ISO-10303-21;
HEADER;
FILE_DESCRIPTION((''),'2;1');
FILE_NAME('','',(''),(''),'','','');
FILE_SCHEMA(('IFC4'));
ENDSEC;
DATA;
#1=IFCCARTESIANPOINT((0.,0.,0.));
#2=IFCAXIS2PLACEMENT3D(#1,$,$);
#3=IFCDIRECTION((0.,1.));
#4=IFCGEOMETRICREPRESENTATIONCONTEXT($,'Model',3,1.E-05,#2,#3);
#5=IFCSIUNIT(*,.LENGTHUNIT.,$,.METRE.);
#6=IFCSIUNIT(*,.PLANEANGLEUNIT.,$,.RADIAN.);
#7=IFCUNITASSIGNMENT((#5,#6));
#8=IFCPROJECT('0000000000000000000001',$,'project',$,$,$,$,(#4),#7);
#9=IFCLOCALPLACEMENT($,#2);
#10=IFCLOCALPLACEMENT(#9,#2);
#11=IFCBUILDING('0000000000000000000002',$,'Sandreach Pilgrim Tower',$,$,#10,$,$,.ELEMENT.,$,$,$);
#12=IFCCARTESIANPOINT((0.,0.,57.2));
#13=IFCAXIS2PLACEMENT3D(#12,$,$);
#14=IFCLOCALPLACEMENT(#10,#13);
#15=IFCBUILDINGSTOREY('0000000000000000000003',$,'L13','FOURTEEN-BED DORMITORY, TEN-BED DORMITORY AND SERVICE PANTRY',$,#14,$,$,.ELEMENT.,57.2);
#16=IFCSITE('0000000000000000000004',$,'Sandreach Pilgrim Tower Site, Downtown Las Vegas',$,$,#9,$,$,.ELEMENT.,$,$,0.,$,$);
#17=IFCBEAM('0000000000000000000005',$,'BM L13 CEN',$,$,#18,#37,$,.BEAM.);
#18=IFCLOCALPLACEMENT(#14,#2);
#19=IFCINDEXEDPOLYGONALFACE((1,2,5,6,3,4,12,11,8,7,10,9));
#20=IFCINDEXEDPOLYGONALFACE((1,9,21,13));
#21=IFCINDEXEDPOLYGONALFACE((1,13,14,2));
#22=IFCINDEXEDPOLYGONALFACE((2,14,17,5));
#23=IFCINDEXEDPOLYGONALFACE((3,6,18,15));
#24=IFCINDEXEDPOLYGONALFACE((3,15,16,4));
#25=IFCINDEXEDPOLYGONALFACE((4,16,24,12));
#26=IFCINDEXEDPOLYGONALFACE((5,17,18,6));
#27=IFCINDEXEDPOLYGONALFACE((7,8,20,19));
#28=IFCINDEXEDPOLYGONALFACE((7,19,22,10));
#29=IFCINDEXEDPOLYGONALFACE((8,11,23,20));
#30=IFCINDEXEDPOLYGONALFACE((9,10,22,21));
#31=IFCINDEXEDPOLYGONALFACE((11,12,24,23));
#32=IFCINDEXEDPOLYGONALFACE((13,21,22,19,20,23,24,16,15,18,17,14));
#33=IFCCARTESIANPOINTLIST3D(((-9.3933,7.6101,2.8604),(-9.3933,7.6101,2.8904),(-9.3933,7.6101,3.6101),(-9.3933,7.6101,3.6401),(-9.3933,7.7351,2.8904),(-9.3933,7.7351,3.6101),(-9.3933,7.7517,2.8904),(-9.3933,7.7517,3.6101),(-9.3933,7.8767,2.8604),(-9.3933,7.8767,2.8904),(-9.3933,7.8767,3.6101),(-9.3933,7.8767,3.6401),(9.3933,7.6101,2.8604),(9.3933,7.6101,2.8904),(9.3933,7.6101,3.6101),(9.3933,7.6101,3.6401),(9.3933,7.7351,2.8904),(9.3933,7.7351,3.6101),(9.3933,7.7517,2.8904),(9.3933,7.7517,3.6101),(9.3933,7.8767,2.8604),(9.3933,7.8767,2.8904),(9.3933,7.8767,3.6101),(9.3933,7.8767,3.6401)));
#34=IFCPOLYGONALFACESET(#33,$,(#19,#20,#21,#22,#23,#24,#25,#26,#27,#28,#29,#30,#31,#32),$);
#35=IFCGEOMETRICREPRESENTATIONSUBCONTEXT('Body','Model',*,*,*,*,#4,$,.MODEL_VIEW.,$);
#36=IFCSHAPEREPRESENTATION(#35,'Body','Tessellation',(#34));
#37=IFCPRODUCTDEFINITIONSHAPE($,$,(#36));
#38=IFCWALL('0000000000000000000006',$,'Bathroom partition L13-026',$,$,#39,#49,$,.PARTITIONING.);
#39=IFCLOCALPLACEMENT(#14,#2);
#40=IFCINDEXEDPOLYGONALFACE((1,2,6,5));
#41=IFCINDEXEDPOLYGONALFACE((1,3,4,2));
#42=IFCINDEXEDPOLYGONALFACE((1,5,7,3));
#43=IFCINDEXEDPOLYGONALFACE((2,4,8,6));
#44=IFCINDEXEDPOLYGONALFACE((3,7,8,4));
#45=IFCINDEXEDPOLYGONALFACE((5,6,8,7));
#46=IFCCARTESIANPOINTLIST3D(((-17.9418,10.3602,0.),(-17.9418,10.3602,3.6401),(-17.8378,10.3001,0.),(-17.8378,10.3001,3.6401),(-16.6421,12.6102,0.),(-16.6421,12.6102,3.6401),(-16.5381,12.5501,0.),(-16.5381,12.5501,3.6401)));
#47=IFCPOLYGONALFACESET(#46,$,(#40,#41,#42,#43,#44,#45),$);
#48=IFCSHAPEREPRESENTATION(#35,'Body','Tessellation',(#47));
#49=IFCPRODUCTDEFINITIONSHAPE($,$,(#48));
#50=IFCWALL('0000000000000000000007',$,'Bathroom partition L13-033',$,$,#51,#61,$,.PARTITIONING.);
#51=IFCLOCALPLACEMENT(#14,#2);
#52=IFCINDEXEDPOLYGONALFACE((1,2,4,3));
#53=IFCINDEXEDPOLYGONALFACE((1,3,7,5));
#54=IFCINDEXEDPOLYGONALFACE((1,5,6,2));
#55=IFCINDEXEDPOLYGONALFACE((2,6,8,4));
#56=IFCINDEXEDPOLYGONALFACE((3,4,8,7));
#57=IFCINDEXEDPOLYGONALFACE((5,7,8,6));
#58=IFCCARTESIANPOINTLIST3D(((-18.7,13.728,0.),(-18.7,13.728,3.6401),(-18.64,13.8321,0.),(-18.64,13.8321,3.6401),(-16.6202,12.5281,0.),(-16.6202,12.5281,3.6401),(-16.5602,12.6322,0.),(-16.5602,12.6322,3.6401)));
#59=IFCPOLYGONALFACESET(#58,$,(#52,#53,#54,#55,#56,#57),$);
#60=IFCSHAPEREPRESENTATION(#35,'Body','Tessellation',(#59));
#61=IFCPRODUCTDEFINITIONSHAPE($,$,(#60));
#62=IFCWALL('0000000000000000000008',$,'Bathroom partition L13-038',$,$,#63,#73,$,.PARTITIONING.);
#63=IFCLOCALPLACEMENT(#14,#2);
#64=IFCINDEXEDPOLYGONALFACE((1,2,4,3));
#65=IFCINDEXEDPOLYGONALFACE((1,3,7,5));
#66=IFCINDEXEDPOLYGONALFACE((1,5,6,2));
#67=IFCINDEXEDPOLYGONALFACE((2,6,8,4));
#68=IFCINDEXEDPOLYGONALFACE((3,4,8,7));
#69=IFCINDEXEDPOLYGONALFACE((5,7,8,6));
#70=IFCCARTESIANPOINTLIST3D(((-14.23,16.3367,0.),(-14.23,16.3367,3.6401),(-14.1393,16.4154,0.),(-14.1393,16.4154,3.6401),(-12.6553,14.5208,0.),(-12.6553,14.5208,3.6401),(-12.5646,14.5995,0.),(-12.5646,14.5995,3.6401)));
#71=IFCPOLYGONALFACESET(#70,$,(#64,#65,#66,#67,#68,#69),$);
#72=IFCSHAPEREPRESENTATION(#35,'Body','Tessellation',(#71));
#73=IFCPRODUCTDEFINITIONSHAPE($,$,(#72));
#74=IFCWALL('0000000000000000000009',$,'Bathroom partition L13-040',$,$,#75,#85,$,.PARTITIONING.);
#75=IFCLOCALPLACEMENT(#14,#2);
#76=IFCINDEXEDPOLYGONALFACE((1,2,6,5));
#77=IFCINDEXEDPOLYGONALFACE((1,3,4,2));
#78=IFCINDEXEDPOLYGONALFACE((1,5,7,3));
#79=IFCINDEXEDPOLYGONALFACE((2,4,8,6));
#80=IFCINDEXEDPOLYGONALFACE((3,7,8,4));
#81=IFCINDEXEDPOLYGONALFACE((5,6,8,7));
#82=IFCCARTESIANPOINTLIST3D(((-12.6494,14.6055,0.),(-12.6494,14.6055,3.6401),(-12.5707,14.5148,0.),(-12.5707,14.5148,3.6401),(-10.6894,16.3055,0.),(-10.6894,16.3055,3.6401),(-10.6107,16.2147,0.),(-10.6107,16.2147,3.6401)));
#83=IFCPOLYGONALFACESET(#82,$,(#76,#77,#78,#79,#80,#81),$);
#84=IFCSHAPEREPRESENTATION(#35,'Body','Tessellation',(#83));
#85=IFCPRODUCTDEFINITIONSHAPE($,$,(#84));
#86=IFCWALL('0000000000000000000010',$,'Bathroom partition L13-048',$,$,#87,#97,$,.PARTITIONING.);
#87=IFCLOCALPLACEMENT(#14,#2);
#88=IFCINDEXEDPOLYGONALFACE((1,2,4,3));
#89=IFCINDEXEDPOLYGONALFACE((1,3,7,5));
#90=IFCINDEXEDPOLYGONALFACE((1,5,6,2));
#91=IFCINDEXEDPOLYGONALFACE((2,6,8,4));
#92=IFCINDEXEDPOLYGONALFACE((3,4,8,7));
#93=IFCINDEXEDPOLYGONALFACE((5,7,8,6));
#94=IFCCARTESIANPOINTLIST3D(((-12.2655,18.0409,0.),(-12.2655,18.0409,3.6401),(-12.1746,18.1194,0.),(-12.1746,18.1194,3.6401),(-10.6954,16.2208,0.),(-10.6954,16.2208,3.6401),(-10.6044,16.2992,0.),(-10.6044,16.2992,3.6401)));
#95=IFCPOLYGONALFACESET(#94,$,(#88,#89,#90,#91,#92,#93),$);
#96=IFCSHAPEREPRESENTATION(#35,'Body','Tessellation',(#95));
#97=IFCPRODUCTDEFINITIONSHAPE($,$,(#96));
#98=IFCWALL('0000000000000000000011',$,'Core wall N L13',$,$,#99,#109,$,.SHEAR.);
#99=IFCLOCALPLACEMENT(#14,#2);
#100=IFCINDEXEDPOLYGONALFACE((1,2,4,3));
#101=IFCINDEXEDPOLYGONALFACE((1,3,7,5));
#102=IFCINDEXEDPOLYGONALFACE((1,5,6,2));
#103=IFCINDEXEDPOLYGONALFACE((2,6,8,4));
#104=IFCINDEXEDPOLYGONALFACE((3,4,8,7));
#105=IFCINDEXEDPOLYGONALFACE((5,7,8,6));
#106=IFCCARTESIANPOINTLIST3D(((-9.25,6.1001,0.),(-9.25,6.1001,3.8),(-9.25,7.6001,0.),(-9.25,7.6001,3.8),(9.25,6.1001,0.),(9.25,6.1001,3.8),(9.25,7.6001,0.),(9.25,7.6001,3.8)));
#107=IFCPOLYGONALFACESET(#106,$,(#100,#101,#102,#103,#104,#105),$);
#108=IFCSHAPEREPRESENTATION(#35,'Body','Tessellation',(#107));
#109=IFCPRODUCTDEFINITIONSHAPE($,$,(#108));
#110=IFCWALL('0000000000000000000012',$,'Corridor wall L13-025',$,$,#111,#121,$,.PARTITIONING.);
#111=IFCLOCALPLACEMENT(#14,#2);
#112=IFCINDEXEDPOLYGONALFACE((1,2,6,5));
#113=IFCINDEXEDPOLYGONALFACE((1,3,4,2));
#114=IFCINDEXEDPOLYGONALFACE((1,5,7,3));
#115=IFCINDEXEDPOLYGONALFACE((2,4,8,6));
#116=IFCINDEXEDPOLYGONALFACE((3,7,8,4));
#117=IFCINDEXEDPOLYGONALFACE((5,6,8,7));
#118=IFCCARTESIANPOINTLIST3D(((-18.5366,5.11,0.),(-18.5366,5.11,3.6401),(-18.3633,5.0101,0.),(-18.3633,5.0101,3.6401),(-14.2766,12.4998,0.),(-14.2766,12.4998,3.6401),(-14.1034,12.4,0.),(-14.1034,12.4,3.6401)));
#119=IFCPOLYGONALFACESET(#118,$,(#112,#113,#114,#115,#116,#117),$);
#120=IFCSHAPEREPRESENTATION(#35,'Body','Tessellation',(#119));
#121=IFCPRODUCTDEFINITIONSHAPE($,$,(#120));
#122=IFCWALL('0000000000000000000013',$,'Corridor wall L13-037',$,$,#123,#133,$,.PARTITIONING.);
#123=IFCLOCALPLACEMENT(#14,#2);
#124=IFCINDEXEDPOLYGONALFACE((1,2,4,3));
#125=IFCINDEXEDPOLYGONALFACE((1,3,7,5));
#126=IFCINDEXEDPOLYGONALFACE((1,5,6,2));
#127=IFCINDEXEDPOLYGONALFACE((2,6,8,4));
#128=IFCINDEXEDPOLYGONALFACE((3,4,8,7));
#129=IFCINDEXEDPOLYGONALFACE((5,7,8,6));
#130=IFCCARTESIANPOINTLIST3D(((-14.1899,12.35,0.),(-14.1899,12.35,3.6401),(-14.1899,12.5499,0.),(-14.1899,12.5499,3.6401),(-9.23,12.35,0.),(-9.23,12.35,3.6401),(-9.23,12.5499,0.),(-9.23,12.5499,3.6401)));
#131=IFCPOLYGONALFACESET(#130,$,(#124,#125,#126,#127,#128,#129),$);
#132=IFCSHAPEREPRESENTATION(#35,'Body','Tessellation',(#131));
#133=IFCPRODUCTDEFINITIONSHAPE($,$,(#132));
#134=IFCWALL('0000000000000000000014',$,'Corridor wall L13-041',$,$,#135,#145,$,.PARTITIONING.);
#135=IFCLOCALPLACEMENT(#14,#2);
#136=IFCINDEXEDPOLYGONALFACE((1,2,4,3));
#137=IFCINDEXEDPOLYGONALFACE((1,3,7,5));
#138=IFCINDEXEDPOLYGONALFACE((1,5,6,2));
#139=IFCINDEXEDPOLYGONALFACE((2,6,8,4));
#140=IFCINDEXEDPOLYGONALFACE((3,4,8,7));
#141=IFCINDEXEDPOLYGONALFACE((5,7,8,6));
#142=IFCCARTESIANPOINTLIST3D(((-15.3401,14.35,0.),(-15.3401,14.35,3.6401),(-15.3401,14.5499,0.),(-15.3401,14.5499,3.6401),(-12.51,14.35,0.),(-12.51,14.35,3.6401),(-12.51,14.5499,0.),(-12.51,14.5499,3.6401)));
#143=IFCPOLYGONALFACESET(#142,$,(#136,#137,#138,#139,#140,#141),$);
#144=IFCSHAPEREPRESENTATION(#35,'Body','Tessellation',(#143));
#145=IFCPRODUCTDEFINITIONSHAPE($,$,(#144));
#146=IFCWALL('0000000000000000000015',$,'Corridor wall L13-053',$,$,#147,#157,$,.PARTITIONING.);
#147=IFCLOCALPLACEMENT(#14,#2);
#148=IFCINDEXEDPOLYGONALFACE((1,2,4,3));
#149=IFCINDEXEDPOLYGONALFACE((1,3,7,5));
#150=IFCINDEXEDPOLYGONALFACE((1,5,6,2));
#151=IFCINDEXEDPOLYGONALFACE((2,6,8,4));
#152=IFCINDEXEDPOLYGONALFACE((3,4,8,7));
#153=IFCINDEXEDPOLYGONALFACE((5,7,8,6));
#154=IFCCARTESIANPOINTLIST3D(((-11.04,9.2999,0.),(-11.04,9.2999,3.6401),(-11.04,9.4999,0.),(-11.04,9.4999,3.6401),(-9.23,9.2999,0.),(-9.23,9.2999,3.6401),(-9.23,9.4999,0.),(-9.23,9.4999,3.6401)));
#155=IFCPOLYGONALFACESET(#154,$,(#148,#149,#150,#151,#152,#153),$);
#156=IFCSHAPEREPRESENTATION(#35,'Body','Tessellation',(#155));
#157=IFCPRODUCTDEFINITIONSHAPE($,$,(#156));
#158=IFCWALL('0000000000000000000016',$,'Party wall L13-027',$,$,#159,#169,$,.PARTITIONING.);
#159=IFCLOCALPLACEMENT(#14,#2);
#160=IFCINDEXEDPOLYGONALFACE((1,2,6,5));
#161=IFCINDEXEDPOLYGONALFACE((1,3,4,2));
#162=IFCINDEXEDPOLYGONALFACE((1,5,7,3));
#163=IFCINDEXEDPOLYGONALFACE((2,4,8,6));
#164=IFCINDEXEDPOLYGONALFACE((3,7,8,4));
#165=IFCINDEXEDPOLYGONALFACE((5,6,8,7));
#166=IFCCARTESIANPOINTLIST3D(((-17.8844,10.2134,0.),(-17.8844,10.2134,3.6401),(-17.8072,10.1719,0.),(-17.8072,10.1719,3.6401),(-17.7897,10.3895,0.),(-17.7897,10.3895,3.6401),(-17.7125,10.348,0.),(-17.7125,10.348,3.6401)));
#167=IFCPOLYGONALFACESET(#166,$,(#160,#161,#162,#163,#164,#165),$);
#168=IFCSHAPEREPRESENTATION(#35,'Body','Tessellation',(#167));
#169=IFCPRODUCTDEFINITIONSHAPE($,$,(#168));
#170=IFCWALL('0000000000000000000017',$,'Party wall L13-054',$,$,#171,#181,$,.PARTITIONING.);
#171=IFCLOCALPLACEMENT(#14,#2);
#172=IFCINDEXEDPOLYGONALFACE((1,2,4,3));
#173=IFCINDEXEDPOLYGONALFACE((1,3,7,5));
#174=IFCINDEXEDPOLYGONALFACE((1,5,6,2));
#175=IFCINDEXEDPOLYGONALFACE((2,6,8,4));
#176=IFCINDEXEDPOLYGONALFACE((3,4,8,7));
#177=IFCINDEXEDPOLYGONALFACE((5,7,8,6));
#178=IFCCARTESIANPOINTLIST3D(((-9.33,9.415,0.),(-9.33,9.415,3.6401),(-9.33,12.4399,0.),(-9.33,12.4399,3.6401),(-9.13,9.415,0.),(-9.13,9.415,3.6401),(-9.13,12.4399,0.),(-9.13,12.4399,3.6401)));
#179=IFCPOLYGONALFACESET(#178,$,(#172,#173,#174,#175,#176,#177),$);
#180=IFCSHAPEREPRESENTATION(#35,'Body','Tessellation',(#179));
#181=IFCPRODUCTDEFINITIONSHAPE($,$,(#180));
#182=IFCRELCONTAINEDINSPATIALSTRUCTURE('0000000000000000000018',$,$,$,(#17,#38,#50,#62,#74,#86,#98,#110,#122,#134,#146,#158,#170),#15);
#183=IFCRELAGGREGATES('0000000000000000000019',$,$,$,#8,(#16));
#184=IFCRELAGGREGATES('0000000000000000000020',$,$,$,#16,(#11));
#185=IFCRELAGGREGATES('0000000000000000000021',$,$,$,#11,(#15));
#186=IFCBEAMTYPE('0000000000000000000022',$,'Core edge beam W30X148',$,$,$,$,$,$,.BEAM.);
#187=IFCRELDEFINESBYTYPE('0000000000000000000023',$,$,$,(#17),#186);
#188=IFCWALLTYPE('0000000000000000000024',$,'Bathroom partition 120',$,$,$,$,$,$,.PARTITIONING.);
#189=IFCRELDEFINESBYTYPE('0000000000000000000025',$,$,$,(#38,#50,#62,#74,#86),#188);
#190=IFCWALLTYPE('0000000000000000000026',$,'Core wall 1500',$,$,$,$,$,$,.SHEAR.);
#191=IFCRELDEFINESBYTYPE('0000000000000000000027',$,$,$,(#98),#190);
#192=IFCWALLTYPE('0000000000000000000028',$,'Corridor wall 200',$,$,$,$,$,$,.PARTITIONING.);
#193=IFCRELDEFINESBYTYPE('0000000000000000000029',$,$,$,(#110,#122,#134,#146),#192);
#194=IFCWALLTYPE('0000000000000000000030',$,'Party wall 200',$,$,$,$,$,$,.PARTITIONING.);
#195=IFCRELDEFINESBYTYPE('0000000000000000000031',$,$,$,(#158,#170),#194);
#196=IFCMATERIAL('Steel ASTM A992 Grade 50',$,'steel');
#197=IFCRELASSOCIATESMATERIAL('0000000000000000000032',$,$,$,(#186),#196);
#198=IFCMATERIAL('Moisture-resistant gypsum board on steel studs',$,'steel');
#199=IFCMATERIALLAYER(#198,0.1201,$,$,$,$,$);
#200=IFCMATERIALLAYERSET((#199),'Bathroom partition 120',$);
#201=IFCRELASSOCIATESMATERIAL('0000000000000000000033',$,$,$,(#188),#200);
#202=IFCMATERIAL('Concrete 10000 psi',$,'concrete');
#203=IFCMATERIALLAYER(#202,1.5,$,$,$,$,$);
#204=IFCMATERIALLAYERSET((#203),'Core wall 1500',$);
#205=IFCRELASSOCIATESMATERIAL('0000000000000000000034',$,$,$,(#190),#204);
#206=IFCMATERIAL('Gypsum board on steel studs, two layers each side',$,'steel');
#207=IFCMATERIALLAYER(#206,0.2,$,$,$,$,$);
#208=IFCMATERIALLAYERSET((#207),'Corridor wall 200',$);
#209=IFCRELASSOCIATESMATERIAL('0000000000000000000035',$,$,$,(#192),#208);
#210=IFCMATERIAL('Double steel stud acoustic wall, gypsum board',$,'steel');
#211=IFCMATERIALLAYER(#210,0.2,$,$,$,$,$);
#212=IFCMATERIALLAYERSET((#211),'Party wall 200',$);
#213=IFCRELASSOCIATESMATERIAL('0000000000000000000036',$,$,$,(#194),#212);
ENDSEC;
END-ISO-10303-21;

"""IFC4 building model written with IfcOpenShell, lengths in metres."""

from ifc_helpers import new_model, si_unit, direction, frame, frame_2d, origin, origin_2d, place, context, subcontext, project, spatial, rectangle, i_section, extrude, material, layer, layer_set, material_profile, profile_set, type_object, element, save


model = new_model("IFC4")

# Units and contexts
model_context = context("Model", 3, precision=1e-05, world=origin(), true_north=direction((0.0, 1.0)))
body_context = subcontext(model_context, "Body", "Model", "MODEL_VIEW")
ifc_project = project(units=[si_unit("LENGTHUNIT", "METRE"), si_unit("PLANEANGLEUNIT", "RADIAN")], contexts=[model_context])

# Site, building, storey
site_placement = place(None, origin())
site = spatial("IfcSite", under=ifc_project, at=site_placement, Name="Sandreach Pilgrim Tower Site, Downtown Las Vegas", CompositionType="ELEMENT", RefElevation=0.0)
building_placement = place(site_placement, origin())
building = spatial("IfcBuilding", under=site, at=building_placement, Name="Sandreach Pilgrim Tower", CompositionType="ELEMENT")
storey_placement = place(building_placement, frame((0.0, 0.0, 57.2)))
storey = spatial("IfcBuildingStorey", under=building, at=storey_placement, Name="L13", Description="FOURTEEN-BED DORMITORY, TEN-BED DORMITORY AND SERVICE PANTRY", CompositionType="ELEMENT", Elevation=57.2)

# Beam
ifc_material_1 = material(Name="Steel ASTM A992 Grade 50", Category="steel")
ifc_material_profile = material_profile(ifc_material_1, i_section(OverallWidth=0.2666, OverallDepth=0.7798, WebThickness=0.0166, FlangeThickness=0.03, at=origin_2d()), Name="W30X148")
ifc_profile_set = profile_set([ifc_material_profile], Name="Steel ASTM A992 Grade 50")
beam_type = type_object("IfcBeamType", Name="Core edge beam W30X148", PredefinedType="BEAM", material=ifc_profile_set)
beam_placement = place(storey_placement, frame((-9.3933, 7.7434, 3.2502), z_axis=(1.0, 0.0, 0.0), x_axis=(0.0, 1.0, 0.0)))
element("IfcBeam", 1, at=beam_placement, inside=storey, type_object=beam_type, Name="BM L13 CEN", PredefinedType="BEAM", context=body_context, shape_type="SweptSolid", body=[
    extrude(i_section(OverallWidth=0.2666, OverallDepth=0.7798, WebThickness=0.0166, FlangeThickness=0.03, at=origin_2d()), origin(), (0.0, 0.0, 1.0), 18.7866),
])

# Walls
ifc_material_2 = material(Name="Moisture-resistant gypsum board on steel studs", Category="steel")
ifc_layer_1 = layer(ifc_material_2, 0.1201)
ifc_layer_set_1 = layer_set([ifc_layer_1], Name="Bathroom partition 120")
wall_type_1 = type_object("IfcWallType", Name="Bathroom partition 120", PredefinedType="PARTITIONING", material=ifc_layer_set_1)
wall_1_placement = place(storey_placement, frame((-17.8899, 10.3301, 0.0), z_axis=(0.0, 0.0, 1.0), x_axis=(0.500221, 0.865898, 0.0)))
element("IfcWall", 2, at=wall_1_placement, inside=storey, type_object=wall_type_1, Name="Bathroom partition L13-026", PredefinedType="PARTITIONING", context=body_context, shape_type="SweptSolid", body=[
    extrude(rectangle(XDim=2.5984, YDim=0.1201, at=frame_2d((1.2993, 0.0))), origin(), (0.0, 0.0, 1.0), 3.6401),
])
wall_2_placement = place(storey_placement, frame((-16.5901, 12.5801, 0.0), z_axis=(0.0, 0.0, 1.0), x_axis=(-0.866177, 0.499737, 0.0)))
element("IfcWall", 3, at=wall_2_placement, inside=storey, type_object=wall_type_1, Name="Bathroom partition L13-033", PredefinedType="PARTITIONING", context=body_context, shape_type="SweptSolid", body=[
    extrude(rectangle(XDim=2.4011, YDim=0.1201, at=frame_2d((1.2007, 0.0))), origin(), (0.0, 0.0, 1.0), 3.6401),
])
wall_3_placement = place(storey_placement, frame((-14.1846, 16.376, 0.0), z_axis=(0.0, 0.0, 1.0), x_axis=(0.655147, -0.755501, 0.0)))
element("IfcWall", 4, at=wall_3_placement, inside=storey, type_object=wall_type_1, Name="Bathroom partition L13-038", PredefinedType="PARTITIONING", context=body_context, shape_type="SweptSolid", body=[
    extrude(rectangle(XDim=2.4036, YDim=0.1201, at=frame_2d((1.2017, 0.0))), origin(), (0.0, 0.0, 1.0), 3.6401),
])
wall_4_placement = place(storey_placement, frame((-12.6101, 14.5601, 0.0), z_axis=(0.0, 0.0, 1.0), x_axis=(0.755438, 0.655221, 0.0)))
element("IfcWall", 5, at=wall_4_placement, inside=storey, type_object=wall_type_1, Name="Bathroom partition L13-040", PredefinedType="PARTITIONING", context=body_context, shape_type="SweptSolid", body=[
    extrude(rectangle(XDim=2.5945, YDim=0.1201, at=frame_2d((1.2974, 0.0))), origin(), (0.0, 0.0, 1.0), 3.6401),
])
wall_5_placement = place(storey_placement, frame((-10.6499, 16.26, 0.0), z_axis=(0.0, 0.0, 1.0), x_axis=(-0.653189, 0.757195, 0.0)))
element("IfcWall", 6, at=wall_5_placement, inside=storey, type_object=wall_type_1, Name="Bathroom partition L13-048", PredefinedType="PARTITIONING", context=body_context, shape_type="SweptSolid", body=[
    extrude(rectangle(XDim=2.4038, YDim=0.1201, at=frame_2d((1.2019, 0.0))), origin(), (0.0, 0.0, 1.0), 3.6401),
])
ifc_material_3 = material(Name="Concrete 10000 psi", Category="concrete")
ifc_layer_2 = layer(ifc_material_3, 1.5)
ifc_layer_set_2 = layer_set([ifc_layer_2], Name="Core wall 1500")
wall_type_2 = type_object("IfcWallType", Name="Core wall 1500", PredefinedType="SHEAR", material=ifc_layer_set_2)
wall_6_placement = place(storey_placement, frame((-9.25, 6.8501, 0.0), z_axis=(0.0, 0.0, 1.0), x_axis=(1.0, 0.0, 0.0)))
element("IfcWall", 7, at=wall_6_placement, inside=storey, type_object=wall_type_2, Name="Core wall N L13", PredefinedType="SHEAR", context=body_context, shape_type="SweptSolid", body=[
    extrude(rectangle(XDim=18.5, YDim=1.5, at=frame_2d((9.25, 0.0))), origin(), (0.0, 0.0, 1.0), 3.8),
])
ifc_material_4 = material(Name="Gypsum board on steel studs, two layers each side", Category="steel")
ifc_layer_3 = layer(ifc_material_4, 0.2)
ifc_layer_set_3 = layer_set([ifc_layer_3], Name="Corridor wall 200")
wall_type_3 = type_object("IfcWallType", Name="Corridor wall 200", PredefinedType="PARTITIONING", material=ifc_layer_set_3)
wall_7_placement = place(storey_placement, frame((-18.45, 5.0601, 0.0), z_axis=(0.0, 0.0, 1.0), x_axis=(0.499424, 0.866358, 0.0)))
element("IfcWall", 8, at=wall_7_placement, inside=storey, type_object=wall_type_3, Name="Corridor wall L13-025", PredefinedType="PARTITIONING", context=body_context, shape_type="SweptSolid", body=[
    extrude(rectangle(XDim=8.5298, YDim=0.2, at=frame_2d((4.2649, 0.0))), origin(), (0.0, 0.0, 1.0), 3.6401),
])

# Walls
wall_8_placement = place(storey_placement, frame((-14.1899, 12.45, 0.0), z_axis=(0.0, 0.0, 1.0), x_axis=(1.0, 0.0, 0.0)))
element("IfcWall", 9, at=wall_8_placement, inside=storey, type_object=wall_type_3, Name="Corridor wall L13-037", PredefinedType="PARTITIONING", context=body_context, shape_type="SweptSolid", body=[
    extrude(rectangle(XDim=4.96, YDim=0.2, at=frame_2d((2.48, 0.0))), origin(), (0.0, 0.0, 1.0), 3.6401),
])
wall_9_placement = place(storey_placement, frame((-12.51, 14.45, 0.0), z_axis=(0.0, 0.0, 1.0), x_axis=(-1.0, 0.0, 0.0)))
element("IfcWall", 10, at=wall_9_placement, inside=storey, type_object=wall_type_3, Name="Corridor wall L13-041", PredefinedType="PARTITIONING", context=body_context, shape_type="SweptSolid", body=[
    extrude(rectangle(XDim=2.8301, YDim=0.2, at=frame_2d((1.415, 0.0))), origin(), (0.0, 0.0, 1.0), 3.6401),
])

# Wall
wall_10_placement = place(storey_placement, frame((-9.23, 9.3999, 0.0), z_axis=(0.0, 0.0, 1.0), x_axis=(-1.0, 0.0, 0.0)))
element("IfcWall", 11, at=wall_10_placement, inside=storey, type_object=wall_type_3, Name="Corridor wall L13-053", PredefinedType="PARTITIONING", context=body_context, shape_type="SweptSolid", body=[
    extrude(rectangle(XDim=1.8101, YDim=0.2, at=frame_2d((0.905, 0.0))), origin(), (0.0, 0.0, 1.0), 3.6401),
])

# Walls
ifc_material_5 = material(Name="Double steel stud acoustic wall, gypsum board", Category="steel")
ifc_layer_4 = layer(ifc_material_5, 0.2)
ifc_layer_set_4 = layer_set([ifc_layer_4], Name="Party wall 200")
wall_type_4 = type_object("IfcWallType", Name="Party wall 200", PredefinedType="PARTITIONING", material=ifc_layer_set_4)
wall_11_placement = place(storey_placement, frame((-17.8372, 10.3015, 0.0), z_axis=(0.0, 0.0, 1.0), x_axis=(0.88065, -0.473767, 0.0)))
element("IfcWall", 12, at=wall_11_placement, inside=storey, type_object=wall_type_4, Name="Party wall L13-027", PredefinedType="PARTITIONING", context=body_context, shape_type="SweptSolid", body=[
    extrude(rectangle(XDim=0.0876, YDim=0.2, at=frame_2d((0.0439, 0.0))), origin(), (0.0, 0.0, 1.0), 3.6401),
])
wall_12_placement = place(storey_placement, frame((-9.23, 12.4399, 0.0), z_axis=(0.0, 0.0, 1.0), x_axis=(0.0, -1.0, 0.0)))
element("IfcWall", 13, at=wall_12_placement, inside=storey, type_object=wall_type_4, Name="Party wall L13-054", PredefinedType="PARTITIONING", context=body_context, shape_type="SweptSolid", body=[
    extrude(rectangle(XDim=3.0249, YDim=0.2, at=frame_2d((1.5125, 0.0))), origin(), (0.0, 0.0, 1.0), 3.6401),
])

save(model, "model.ifc")
